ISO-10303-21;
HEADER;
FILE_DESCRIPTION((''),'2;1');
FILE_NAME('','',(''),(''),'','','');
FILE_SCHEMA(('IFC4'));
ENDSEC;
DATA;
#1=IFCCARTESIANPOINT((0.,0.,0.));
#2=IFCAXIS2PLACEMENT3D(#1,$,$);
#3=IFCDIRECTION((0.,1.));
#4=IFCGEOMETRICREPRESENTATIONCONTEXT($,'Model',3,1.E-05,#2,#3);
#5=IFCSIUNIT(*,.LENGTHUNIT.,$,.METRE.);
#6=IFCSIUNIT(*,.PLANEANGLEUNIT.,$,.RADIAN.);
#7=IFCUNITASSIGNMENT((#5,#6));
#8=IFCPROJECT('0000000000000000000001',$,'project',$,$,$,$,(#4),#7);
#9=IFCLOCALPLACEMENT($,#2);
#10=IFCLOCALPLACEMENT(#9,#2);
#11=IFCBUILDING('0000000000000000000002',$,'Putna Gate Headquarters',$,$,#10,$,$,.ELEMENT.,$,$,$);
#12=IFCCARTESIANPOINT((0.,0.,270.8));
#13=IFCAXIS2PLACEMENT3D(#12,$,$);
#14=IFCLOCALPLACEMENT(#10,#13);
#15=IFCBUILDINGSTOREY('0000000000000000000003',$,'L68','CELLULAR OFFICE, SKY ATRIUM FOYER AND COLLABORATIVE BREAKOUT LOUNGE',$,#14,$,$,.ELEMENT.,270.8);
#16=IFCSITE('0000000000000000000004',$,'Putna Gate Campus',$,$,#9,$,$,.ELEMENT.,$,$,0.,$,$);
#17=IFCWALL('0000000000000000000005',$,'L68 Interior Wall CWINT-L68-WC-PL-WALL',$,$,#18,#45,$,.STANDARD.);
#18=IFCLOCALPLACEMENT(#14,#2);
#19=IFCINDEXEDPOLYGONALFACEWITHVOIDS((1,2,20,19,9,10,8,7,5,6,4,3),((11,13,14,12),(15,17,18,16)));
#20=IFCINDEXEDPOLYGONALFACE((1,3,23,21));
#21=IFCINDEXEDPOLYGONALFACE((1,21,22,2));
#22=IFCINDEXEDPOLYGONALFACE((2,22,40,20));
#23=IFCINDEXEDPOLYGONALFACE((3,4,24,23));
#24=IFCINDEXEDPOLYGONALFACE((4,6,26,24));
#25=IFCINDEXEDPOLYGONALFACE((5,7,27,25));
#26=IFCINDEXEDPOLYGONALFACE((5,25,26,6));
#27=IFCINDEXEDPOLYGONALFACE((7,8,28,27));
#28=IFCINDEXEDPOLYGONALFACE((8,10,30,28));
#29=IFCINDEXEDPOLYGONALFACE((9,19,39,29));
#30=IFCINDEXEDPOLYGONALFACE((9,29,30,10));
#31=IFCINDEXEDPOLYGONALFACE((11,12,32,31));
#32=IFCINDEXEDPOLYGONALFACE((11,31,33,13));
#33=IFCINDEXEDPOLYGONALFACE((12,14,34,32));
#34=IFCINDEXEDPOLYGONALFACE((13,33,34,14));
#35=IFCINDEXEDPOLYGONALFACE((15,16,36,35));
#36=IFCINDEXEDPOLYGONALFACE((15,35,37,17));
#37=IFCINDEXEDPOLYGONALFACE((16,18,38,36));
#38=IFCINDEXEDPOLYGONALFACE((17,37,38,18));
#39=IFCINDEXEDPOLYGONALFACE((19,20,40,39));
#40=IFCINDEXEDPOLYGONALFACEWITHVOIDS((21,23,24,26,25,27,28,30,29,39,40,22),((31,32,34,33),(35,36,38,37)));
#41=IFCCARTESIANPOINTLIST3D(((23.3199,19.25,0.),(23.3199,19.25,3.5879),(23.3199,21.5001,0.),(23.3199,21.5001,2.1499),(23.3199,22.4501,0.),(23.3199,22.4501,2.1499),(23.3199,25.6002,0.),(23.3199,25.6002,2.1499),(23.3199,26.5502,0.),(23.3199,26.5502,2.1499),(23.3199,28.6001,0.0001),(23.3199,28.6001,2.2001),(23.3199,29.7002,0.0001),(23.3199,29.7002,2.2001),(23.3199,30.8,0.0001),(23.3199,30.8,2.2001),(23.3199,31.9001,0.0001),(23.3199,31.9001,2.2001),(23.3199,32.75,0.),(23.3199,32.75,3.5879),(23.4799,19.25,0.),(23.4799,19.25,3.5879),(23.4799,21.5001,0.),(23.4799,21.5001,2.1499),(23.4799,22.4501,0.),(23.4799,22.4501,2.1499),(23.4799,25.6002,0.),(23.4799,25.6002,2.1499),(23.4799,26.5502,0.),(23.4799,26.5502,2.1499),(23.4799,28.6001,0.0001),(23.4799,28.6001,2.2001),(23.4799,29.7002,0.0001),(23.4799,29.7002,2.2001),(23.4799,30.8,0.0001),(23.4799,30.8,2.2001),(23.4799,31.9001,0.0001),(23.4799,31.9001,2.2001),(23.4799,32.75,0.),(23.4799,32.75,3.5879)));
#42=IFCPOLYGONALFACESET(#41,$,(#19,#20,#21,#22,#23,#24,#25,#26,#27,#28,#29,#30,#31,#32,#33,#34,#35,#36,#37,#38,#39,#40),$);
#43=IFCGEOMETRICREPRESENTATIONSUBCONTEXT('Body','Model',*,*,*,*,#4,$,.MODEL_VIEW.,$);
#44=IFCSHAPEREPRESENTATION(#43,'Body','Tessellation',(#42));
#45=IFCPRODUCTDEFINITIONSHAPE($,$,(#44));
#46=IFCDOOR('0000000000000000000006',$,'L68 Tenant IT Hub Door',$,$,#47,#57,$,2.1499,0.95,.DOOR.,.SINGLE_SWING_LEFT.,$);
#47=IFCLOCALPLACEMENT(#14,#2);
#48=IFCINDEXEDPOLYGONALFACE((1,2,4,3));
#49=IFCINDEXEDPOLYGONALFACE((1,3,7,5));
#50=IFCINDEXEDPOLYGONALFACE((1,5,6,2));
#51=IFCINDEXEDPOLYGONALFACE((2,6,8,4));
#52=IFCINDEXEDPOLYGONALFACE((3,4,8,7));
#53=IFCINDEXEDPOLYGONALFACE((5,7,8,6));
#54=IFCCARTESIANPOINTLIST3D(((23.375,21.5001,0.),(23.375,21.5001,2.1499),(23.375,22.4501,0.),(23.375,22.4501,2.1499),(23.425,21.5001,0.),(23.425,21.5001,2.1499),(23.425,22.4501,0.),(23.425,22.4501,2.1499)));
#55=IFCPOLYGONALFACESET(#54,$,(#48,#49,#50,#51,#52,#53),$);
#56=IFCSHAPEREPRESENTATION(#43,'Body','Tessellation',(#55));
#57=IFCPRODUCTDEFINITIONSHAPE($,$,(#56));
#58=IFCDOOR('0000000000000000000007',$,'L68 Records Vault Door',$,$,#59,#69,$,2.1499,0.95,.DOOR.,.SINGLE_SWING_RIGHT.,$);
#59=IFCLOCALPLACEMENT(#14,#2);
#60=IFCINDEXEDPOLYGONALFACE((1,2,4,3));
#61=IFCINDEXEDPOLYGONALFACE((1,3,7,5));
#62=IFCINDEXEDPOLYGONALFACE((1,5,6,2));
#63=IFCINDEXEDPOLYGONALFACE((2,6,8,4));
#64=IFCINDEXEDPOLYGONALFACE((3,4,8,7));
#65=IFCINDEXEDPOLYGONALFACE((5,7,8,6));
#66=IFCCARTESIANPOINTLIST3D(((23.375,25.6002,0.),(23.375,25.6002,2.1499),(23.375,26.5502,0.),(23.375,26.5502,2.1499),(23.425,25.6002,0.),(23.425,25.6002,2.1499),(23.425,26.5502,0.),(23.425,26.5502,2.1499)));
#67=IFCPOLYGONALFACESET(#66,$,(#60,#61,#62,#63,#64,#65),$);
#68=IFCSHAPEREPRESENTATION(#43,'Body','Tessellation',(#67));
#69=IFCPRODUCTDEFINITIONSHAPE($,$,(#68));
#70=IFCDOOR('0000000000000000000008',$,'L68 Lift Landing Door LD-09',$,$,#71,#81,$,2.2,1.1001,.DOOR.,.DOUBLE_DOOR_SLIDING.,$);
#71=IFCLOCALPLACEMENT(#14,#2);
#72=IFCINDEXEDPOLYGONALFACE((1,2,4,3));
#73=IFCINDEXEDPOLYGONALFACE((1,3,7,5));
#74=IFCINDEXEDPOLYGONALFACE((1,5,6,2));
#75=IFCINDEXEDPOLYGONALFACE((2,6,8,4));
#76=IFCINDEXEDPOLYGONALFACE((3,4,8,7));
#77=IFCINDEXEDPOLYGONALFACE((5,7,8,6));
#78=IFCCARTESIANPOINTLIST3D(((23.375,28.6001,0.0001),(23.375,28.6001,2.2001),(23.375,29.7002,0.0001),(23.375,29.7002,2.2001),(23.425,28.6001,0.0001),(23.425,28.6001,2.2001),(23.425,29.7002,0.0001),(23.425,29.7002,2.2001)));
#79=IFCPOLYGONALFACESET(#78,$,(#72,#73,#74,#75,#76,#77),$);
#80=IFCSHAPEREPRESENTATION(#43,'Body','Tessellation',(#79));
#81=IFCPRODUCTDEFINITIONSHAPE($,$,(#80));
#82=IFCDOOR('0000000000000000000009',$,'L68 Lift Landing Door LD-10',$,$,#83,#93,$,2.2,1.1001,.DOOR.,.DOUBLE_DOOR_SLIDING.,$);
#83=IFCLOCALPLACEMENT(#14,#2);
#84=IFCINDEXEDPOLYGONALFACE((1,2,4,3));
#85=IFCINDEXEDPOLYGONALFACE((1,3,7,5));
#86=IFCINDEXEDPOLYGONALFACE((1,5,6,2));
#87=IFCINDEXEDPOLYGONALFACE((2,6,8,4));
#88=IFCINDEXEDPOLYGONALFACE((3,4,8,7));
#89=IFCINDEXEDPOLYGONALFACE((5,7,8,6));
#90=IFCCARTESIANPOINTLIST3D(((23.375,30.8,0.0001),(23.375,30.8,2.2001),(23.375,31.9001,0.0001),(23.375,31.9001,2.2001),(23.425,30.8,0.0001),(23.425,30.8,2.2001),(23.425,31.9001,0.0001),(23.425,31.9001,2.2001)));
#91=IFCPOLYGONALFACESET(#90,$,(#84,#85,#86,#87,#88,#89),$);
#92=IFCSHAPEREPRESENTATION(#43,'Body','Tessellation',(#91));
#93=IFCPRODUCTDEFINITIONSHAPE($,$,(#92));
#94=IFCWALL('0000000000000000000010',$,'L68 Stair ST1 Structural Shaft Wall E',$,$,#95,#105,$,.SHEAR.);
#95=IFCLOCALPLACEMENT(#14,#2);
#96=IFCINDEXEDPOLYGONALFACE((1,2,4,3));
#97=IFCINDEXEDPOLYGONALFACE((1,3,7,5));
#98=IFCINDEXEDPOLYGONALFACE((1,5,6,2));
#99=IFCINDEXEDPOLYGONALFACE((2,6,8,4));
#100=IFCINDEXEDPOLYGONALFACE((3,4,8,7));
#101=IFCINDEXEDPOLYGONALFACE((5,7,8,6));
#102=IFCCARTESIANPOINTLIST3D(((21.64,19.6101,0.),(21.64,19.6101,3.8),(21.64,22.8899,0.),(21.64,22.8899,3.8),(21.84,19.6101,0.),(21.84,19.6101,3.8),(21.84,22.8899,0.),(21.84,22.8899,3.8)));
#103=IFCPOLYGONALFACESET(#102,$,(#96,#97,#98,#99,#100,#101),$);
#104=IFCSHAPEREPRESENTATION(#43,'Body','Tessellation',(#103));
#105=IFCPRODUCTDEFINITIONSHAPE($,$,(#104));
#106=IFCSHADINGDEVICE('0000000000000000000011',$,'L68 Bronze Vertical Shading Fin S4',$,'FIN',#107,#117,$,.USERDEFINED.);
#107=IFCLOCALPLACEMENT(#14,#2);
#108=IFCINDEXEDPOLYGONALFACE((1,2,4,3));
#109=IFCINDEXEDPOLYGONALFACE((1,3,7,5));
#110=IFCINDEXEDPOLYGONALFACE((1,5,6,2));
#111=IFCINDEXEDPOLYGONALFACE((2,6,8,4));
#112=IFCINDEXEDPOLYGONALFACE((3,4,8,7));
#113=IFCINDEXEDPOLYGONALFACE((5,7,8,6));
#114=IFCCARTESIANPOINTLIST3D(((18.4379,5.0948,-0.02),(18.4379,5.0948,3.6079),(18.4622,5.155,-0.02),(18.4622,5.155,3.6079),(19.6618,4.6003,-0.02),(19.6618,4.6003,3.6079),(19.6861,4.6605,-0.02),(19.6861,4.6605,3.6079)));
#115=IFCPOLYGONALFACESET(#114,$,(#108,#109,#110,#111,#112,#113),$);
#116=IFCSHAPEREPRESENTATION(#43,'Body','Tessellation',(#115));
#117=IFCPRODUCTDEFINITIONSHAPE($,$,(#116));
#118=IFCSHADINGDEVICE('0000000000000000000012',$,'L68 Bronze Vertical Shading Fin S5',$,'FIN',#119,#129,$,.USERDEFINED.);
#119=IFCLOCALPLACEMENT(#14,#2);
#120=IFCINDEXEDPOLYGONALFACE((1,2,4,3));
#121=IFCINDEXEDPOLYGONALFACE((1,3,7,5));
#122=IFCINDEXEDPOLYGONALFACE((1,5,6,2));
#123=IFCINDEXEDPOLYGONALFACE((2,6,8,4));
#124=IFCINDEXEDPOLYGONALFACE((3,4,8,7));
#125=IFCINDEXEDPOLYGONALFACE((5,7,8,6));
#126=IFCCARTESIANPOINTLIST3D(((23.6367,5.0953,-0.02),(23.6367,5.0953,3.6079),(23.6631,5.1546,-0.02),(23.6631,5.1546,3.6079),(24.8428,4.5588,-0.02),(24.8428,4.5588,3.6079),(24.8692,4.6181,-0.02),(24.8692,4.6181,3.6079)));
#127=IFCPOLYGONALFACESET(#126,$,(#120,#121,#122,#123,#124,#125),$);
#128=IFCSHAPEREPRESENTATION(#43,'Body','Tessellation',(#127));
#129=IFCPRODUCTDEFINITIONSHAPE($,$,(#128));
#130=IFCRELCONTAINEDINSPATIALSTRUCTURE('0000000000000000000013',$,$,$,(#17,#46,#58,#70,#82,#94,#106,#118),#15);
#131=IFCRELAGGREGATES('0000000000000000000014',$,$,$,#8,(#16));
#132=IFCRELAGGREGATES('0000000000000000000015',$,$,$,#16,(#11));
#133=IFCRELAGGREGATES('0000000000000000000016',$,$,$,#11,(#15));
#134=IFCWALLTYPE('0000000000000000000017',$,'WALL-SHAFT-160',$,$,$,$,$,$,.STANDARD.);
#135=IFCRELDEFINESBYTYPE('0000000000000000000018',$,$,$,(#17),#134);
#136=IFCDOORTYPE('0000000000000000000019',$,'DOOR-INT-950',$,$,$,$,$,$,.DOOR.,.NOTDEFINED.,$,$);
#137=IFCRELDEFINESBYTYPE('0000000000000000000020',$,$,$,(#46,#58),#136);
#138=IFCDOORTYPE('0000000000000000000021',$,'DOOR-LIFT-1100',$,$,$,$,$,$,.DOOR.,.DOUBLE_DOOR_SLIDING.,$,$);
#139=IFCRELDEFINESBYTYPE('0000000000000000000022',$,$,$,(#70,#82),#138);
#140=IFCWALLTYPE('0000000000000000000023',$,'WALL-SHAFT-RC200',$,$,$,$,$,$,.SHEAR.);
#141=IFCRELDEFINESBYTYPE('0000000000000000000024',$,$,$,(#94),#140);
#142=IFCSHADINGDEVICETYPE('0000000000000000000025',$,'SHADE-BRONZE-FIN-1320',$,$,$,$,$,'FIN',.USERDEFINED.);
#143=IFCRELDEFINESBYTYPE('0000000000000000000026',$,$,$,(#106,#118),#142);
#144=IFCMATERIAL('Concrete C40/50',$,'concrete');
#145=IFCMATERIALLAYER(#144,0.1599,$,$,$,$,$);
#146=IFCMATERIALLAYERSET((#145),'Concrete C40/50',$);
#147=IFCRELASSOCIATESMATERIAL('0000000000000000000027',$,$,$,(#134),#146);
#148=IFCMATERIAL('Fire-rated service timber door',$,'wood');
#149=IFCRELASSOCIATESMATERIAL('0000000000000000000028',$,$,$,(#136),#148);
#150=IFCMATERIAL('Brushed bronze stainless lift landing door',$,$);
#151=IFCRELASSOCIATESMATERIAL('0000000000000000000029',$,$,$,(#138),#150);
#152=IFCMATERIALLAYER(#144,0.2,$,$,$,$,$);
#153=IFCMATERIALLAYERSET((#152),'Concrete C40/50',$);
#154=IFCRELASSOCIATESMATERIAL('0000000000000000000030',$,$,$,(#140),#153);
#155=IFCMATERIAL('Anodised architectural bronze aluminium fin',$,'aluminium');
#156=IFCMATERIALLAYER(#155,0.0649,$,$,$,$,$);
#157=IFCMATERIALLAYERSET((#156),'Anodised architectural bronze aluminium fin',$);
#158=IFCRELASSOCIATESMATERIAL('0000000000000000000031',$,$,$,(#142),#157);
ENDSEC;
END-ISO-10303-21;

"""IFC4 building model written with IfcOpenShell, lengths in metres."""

from ifc_helpers import new_model, si_unit, direction, frame, frame_2d, origin, origin_2d, place, context, subcontext, project, spatial, rectangle, extrude, material, layer, layer_set, type_object, element, fill, save


model = new_model("IFC4")

# Units and contexts
model_context = context("Model", 3, precision=1e-05, world=origin(), true_north=direction((0.0, 1.0)))
body_context = subcontext(model_context, "Body", "Model", "MODEL_VIEW")
ifc_project = project(units=[si_unit("LENGTHUNIT", "METRE"), si_unit("PLANEANGLEUNIT", "RADIAN")], contexts=[model_context])

# Site, building, storey
site_placement = place(None, origin())
site = spatial("IfcSite", under=ifc_project, at=site_placement, Name="Putna Gate Campus", CompositionType="ELEMENT", RefElevation=0.0)
building_placement = place(site_placement, origin())
building = spatial("IfcBuilding", under=site, at=building_placement, Name="Putna Gate Headquarters", CompositionType="ELEMENT")
storey_placement = place(building_placement, frame((0.0, 0.0, 270.8)))
storey = spatial("IfcBuildingStorey", under=building, at=storey_placement, Name="L68", Description="CELLULAR OFFICE, SKY ATRIUM FOYER AND COLLABORATIVE BREAKOUT LOUNGE", CompositionType="ELEMENT", Elevation=270.8)

# Wall, openings, doors
ifc_material_1 = material(Name="Concrete C40/50", Category="concrete")
ifc_layer_1 = layer(ifc_material_1, 0.1599)
ifc_layer_set_1 = layer_set([ifc_layer_1], Name="Concrete C40/50")
wall_type_1 = type_object("IfcWallType", Name="WALL-SHAFT-160", PredefinedType="STANDARD", material=ifc_layer_set_1)
wall_1_placement = place(storey_placement, frame((23.3999, 19.25, 0.0), z_axis=(0.0, 0.0, 1.0), x_axis=(0.0, 1.0, 0.0)))
wall_1 = element("IfcWall", 1, at=wall_1_placement, inside=storey, type_object=wall_type_1, Name="L68 Interior Wall CWINT-L68-WC-PL-WALL", PredefinedType="STANDARD", context=body_context, shape_type="SweptSolid", body=[
    extrude(rectangle(XDim=13.5, YDim=0.1599, at=frame_2d((6.75, 0.0))), origin(), (0.0, 0.0, 1.0), 3.5879),
])
opening_1_placement = place(wall_1_placement, frame((2.25, 0.0, 0.0)))
opening_1 = element("IfcOpeningElement", 2, at=opening_1_placement, cuts=wall_1, PredefinedType="OPENING", context=body_context, shape_type="SweptSolid", body=[
    extrude(rectangle(XDim=0.95, YDim=2.1499, at=frame_2d((0.4751, 1.075))), frame((0.0, 0.0898, 0.0), z_axis=(0.0, -1.0, 0.0), x_axis=(1.0, 0.0, 0.0)), (0.0, 0.0, 1.0), 0.1799),
])
opening_2_placement = place(wall_1_placement, frame((6.3501, 0.0, 0.0)))
opening_2 = element("IfcOpeningElement", 3, at=opening_2_placement, cuts=wall_1, PredefinedType="OPENING", context=body_context, shape_type="SweptSolid", body=[
    extrude(rectangle(XDim=0.95, YDim=2.1499, at=frame_2d((0.4751, 1.075))), frame((0.0, 0.0898, 0.0), z_axis=(0.0, -1.0, 0.0), x_axis=(1.0, 0.0, 0.0)), (0.0, 0.0, 1.0), 0.1799),
])
opening_3_placement = place(wall_1_placement, frame((9.3501, 0.0, 0.0)))
opening_3 = element("IfcOpeningElement", 4, at=opening_3_placement, cuts=wall_1, PredefinedType="OPENING", context=body_context, shape_type="SweptSolid", body=[
    extrude(rectangle(XDim=1.1001, YDim=2.2, at=frame_2d((0.55, 1.1001))), frame((0.0, 0.0898, 0.0), z_axis=(0.0, -1.0, 0.0), x_axis=(1.0, 0.0, 0.0)), (0.0, 0.0, 1.0), 0.1799),
])
opening_4_placement = place(wall_1_placement, frame((11.55, 0.0, 0.0)))
opening_4 = element("IfcOpeningElement", 5, at=opening_4_placement, cuts=wall_1, PredefinedType="OPENING", context=body_context, shape_type="SweptSolid", body=[
    extrude(rectangle(XDim=1.1001, YDim=2.2, at=frame_2d((0.55, 1.1001))), frame((0.0, 0.0898, 0.0), z_axis=(0.0, -1.0, 0.0), x_axis=(1.0, 0.0, 0.0)), (0.0, 0.0, 1.0), 0.1799),
])
ifc_material_2 = material(Name="Fire-rated service timber door", Category="wood")
door_type_1 = type_object("IfcDoorType", Name="DOOR-INT-950", OperationType="NOTDEFINED", PredefinedType="DOOR", material=ifc_material_2)
door_1_placement = place(opening_1_placement, origin())
door_1 = element("IfcDoor", 6, at=door_1_placement, inside=storey, type_object=door_type_1, Name="L68 Tenant IT Hub Door", OperationType="SINGLE_SWING_LEFT", OverallHeight=2.1499, OverallWidth=0.95, PredefinedType="DOOR", context=body_context, shape_type="SweptSolid", body=[
    extrude(rectangle(XDim=0.95, YDim=2.1499, at=frame_2d((0.4751, 1.075))), frame((0.0, 0.0249, 0.0), z_axis=(0.0, -1.0, 0.0), x_axis=(1.0, 0.0, 0.0)), (0.0, 0.0, 1.0), 0.05),
])
fill(opening_1, door_1)
door_2_placement = place(opening_2_placement, origin())
door_2 = element("IfcDoor", 7, at=door_2_placement, inside=storey, type_object=door_type_1, Name="L68 Records Vault Door", OperationType="SINGLE_SWING_RIGHT", OverallHeight=2.1499, OverallWidth=0.95, PredefinedType="DOOR", context=body_context, shape_type="SweptSolid", body=[
    extrude(rectangle(XDim=0.95, YDim=2.1499, at=frame_2d((0.4751, 1.075))), frame((0.0, 0.0249, 0.0), z_axis=(0.0, -1.0, 0.0), x_axis=(1.0, 0.0, 0.0)), (0.0, 0.0, 1.0), 0.05),
])
fill(opening_2, door_2)
ifc_material_3 = material(Name="Brushed bronze stainless lift landing door")
door_type_2 = type_object("IfcDoorType", Name="DOOR-LIFT-1100", OperationType="DOUBLE_DOOR_SLIDING", PredefinedType="DOOR", material=ifc_material_3)
door_3_placement = place(opening_3_placement, origin())
door_3 = element("IfcDoor", 8, at=door_3_placement, inside=storey, type_object=door_type_2, Name="L68 Lift Landing Door LD-09", OperationType="DOUBLE_DOOR_SLIDING", OverallHeight=2.2, OverallWidth=1.1001, PredefinedType="DOOR", context=body_context, shape_type="SweptSolid", body=[
    extrude(rectangle(XDim=1.1001, YDim=2.2, at=frame_2d((0.55, 1.1001))), frame((0.0, 0.0249, 0.0), z_axis=(0.0, -1.0, 0.0), x_axis=(1.0, 0.0, 0.0)), (0.0, 0.0, 1.0), 0.05),
])
fill(opening_3, door_3)
door_4_placement = place(opening_4_placement, origin())
door_4 = element("IfcDoor", 9, at=door_4_placement, inside=storey, type_object=door_type_2, Name="L68 Lift Landing Door LD-10", OperationType="DOUBLE_DOOR_SLIDING", OverallHeight=2.2, OverallWidth=1.1001, PredefinedType="DOOR", context=body_context, shape_type="SweptSolid", body=[
    extrude(rectangle(XDim=1.1001, YDim=2.2, at=frame_2d((0.55, 1.1001))), frame((0.0, 0.0249, 0.0), z_axis=(0.0, -1.0, 0.0), x_axis=(1.0, 0.0, 0.0)), (0.0, 0.0, 1.0), 0.05),
])
fill(opening_4, door_4)

# Wall
ifc_layer_2 = layer(ifc_material_1, 0.2)
ifc_layer_set_2 = layer_set([ifc_layer_2], Name="Concrete C40/50")
wall_type_2 = type_object("IfcWallType", Name="WALL-SHAFT-RC200", PredefinedType="SHEAR", material=ifc_layer_set_2)
wall_2_placement = place(storey_placement, frame((21.74, 19.6101, 0.0), z_axis=(0.0, 0.0, 1.0), x_axis=(0.0, 1.0, 0.0)))
element("IfcWall", 10, at=wall_2_placement, inside=storey, type_object=wall_type_2, Name="L68 Stair ST1 Structural Shaft Wall E", PredefinedType="SHEAR", context=body_context, shape_type="SweptSolid", body=[
    extrude(rectangle(XDim=3.2798, YDim=0.2, at=frame_2d((1.6399, 0.0))), origin(), (0.0, 0.0, 1.0), 3.8),
])

# Shading devices
ifc_material_4 = material(Name="Anodised architectural bronze aluminium fin", Category="aluminium")
ifc_layer_3 = layer(ifc_material_4, 0.0649)
ifc_layer_set_3 = layer_set([ifc_layer_3], Name="Anodised architectural bronze aluminium fin")
shading_device_type = type_object("IfcShadingDeviceType", Name="SHADE-BRONZE-FIN-1320", ElementType="FIN", PredefinedType="USERDEFINED", material=ifc_layer_set_3)
for number, where, z_axis, x_axis, name in (
    (11, (19.062, 4.8777, -0.02), (0.0, 0.0, 1.0), (0.927184, -0.374607, 0.0), "L68 Bronze Vertical Shading Fin S4"),
    (12, (24.2529, 4.8567, -0.02), (0.0, 0.0, 1.0), (0.913687, -0.406418, 0.0), "L68 Bronze Vertical Shading Fin S5"),
):
    element("IfcShadingDevice", number, at=place(storey_placement, frame(where, z_axis=z_axis, x_axis=x_axis)), inside=storey, type_object=shading_device_type, Name=name, ObjectType="FIN", PredefinedType="USERDEFINED", context=body_context, shape_type="SweptSolid", body=[
        extrude(rectangle(XDim=1.3201, YDim=0.0649, at=origin_2d()), origin(), (0.0, 0.0, 1.0), 3.6279),
    ])

save(model, "model.ifc")
